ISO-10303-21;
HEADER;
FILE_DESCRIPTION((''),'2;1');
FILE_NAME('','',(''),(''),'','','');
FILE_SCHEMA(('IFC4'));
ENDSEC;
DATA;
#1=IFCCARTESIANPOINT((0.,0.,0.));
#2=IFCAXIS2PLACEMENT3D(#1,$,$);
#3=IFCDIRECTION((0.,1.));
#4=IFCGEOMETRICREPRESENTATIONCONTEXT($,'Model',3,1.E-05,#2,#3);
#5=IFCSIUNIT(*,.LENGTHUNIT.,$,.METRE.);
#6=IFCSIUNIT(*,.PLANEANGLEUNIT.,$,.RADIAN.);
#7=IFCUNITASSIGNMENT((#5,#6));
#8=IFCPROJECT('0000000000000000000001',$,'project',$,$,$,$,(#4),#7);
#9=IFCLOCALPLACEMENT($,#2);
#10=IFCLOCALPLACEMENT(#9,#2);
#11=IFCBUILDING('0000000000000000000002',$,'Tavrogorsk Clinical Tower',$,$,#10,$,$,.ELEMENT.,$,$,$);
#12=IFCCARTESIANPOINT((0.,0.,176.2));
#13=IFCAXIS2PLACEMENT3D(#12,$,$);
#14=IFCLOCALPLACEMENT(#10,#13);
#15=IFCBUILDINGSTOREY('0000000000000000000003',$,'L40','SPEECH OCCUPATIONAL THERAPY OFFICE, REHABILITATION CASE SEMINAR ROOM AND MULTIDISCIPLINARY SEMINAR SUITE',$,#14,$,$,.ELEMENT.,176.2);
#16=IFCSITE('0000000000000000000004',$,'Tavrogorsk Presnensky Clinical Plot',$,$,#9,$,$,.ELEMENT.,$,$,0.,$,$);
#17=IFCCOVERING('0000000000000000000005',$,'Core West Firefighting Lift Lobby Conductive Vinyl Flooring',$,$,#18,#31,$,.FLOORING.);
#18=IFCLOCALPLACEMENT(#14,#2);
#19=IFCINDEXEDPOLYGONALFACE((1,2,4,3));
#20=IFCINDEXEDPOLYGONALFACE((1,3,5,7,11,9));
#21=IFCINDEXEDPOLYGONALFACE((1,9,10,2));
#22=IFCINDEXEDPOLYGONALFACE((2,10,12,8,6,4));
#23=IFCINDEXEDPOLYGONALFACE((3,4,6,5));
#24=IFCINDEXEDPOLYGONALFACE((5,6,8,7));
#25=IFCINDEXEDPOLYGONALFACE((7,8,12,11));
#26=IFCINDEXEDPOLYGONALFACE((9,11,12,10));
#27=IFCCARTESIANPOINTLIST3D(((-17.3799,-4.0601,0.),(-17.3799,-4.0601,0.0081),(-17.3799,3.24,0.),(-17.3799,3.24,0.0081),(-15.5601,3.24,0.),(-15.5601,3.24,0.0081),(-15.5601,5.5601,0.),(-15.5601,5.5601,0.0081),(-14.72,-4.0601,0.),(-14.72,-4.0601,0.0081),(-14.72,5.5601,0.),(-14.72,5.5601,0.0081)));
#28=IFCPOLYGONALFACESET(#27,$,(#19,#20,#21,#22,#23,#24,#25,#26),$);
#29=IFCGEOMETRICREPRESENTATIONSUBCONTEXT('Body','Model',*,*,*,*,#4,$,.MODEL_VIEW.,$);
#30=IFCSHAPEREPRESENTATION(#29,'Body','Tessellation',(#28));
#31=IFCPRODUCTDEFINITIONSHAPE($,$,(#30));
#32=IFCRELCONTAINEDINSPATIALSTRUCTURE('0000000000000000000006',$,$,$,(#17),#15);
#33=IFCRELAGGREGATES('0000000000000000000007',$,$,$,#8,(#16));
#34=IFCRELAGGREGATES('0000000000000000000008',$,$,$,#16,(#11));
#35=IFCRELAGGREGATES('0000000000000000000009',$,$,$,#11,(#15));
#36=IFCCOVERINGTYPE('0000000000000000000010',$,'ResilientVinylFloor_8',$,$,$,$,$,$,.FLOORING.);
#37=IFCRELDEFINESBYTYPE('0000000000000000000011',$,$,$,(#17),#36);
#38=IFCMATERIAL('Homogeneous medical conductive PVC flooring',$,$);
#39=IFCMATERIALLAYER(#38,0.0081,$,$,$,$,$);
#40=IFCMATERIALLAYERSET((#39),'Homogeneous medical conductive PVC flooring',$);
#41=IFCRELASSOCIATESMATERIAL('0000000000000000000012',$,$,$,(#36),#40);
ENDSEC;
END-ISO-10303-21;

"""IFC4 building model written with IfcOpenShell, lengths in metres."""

from ifc_helpers import new_model, si_unit, direction, frame, origin, place, context, subcontext, project, spatial, polyline, outline, extrude, material, layer, layer_set, type_object, element, save


model = new_model("IFC4")

# Units and contexts
model_context = context("Model", 3, precision=1e-05, world=origin(), true_north=direction((0.0, 1.0)))
body_context = subcontext(model_context, "Body", "Model", "MODEL_VIEW")
ifc_project = project(units=[si_unit("LENGTHUNIT", "METRE"), si_unit("PLANEANGLEUNIT", "RADIAN")], contexts=[model_context])

# Site, building, storey
site_placement = place(None, origin())
site = spatial("IfcSite", under=ifc_project, at=site_placement, Name="Tavrogorsk Presnensky Clinical Plot", CompositionType="ELEMENT", RefElevation=0.0)
building_placement = place(site_placement, origin())
building = spatial("IfcBuilding", under=site, at=building_placement, Name="Tavrogorsk Clinical Tower", CompositionType="ELEMENT")
storey_placement = place(building_placement, frame((0.0, 0.0, 176.2)))
storey = spatial("IfcBuildingStorey", under=building, at=storey_placement, Name="L40", Description="SPEECH OCCUPATIONAL THERAPY OFFICE, REHABILITATION CASE SEMINAR ROOM AND MULTIDISCIPLINARY SEMINAR SUITE", CompositionType="ELEMENT", Elevation=176.2)

# Covering
ifc_material_1 = material(Name="Homogeneous medical conductive PVC flooring")
ifc_layer_1 = layer(ifc_material_1, 0.0081)
ifc_layer_set_1 = layer_set([ifc_layer_1], Name="Homogeneous medical conductive PVC flooring")
covering_type_1 = type_object("IfcCoveringType", Name="ResilientVinylFloor_8", PredefinedType="FLOORING", material=ifc_layer_set_1)
covering_1_placement = place(storey_placement, origin())
element("IfcCovering", 1, at=covering_1_placement, inside=storey, type_object=covering_type_1, Name="Core West Firefighting Lift Lobby Conductive Vinyl Flooring", PredefinedType="FLOORING", context=body_context, shape_type="SweptSolid", body=[
    extrude(outline(polyline([(-14.72, 5.5601), (-14.72, -4.0601), (-17.3799, -4.0601), (-17.3799, 3.24), (-15.5601, 3.24), (-15.5601, 5.5601), (-14.72, 5.5601)])), origin(), (0.0, 0.0, 1.0), 0.0081),
])

save(model, "model.ifc")
